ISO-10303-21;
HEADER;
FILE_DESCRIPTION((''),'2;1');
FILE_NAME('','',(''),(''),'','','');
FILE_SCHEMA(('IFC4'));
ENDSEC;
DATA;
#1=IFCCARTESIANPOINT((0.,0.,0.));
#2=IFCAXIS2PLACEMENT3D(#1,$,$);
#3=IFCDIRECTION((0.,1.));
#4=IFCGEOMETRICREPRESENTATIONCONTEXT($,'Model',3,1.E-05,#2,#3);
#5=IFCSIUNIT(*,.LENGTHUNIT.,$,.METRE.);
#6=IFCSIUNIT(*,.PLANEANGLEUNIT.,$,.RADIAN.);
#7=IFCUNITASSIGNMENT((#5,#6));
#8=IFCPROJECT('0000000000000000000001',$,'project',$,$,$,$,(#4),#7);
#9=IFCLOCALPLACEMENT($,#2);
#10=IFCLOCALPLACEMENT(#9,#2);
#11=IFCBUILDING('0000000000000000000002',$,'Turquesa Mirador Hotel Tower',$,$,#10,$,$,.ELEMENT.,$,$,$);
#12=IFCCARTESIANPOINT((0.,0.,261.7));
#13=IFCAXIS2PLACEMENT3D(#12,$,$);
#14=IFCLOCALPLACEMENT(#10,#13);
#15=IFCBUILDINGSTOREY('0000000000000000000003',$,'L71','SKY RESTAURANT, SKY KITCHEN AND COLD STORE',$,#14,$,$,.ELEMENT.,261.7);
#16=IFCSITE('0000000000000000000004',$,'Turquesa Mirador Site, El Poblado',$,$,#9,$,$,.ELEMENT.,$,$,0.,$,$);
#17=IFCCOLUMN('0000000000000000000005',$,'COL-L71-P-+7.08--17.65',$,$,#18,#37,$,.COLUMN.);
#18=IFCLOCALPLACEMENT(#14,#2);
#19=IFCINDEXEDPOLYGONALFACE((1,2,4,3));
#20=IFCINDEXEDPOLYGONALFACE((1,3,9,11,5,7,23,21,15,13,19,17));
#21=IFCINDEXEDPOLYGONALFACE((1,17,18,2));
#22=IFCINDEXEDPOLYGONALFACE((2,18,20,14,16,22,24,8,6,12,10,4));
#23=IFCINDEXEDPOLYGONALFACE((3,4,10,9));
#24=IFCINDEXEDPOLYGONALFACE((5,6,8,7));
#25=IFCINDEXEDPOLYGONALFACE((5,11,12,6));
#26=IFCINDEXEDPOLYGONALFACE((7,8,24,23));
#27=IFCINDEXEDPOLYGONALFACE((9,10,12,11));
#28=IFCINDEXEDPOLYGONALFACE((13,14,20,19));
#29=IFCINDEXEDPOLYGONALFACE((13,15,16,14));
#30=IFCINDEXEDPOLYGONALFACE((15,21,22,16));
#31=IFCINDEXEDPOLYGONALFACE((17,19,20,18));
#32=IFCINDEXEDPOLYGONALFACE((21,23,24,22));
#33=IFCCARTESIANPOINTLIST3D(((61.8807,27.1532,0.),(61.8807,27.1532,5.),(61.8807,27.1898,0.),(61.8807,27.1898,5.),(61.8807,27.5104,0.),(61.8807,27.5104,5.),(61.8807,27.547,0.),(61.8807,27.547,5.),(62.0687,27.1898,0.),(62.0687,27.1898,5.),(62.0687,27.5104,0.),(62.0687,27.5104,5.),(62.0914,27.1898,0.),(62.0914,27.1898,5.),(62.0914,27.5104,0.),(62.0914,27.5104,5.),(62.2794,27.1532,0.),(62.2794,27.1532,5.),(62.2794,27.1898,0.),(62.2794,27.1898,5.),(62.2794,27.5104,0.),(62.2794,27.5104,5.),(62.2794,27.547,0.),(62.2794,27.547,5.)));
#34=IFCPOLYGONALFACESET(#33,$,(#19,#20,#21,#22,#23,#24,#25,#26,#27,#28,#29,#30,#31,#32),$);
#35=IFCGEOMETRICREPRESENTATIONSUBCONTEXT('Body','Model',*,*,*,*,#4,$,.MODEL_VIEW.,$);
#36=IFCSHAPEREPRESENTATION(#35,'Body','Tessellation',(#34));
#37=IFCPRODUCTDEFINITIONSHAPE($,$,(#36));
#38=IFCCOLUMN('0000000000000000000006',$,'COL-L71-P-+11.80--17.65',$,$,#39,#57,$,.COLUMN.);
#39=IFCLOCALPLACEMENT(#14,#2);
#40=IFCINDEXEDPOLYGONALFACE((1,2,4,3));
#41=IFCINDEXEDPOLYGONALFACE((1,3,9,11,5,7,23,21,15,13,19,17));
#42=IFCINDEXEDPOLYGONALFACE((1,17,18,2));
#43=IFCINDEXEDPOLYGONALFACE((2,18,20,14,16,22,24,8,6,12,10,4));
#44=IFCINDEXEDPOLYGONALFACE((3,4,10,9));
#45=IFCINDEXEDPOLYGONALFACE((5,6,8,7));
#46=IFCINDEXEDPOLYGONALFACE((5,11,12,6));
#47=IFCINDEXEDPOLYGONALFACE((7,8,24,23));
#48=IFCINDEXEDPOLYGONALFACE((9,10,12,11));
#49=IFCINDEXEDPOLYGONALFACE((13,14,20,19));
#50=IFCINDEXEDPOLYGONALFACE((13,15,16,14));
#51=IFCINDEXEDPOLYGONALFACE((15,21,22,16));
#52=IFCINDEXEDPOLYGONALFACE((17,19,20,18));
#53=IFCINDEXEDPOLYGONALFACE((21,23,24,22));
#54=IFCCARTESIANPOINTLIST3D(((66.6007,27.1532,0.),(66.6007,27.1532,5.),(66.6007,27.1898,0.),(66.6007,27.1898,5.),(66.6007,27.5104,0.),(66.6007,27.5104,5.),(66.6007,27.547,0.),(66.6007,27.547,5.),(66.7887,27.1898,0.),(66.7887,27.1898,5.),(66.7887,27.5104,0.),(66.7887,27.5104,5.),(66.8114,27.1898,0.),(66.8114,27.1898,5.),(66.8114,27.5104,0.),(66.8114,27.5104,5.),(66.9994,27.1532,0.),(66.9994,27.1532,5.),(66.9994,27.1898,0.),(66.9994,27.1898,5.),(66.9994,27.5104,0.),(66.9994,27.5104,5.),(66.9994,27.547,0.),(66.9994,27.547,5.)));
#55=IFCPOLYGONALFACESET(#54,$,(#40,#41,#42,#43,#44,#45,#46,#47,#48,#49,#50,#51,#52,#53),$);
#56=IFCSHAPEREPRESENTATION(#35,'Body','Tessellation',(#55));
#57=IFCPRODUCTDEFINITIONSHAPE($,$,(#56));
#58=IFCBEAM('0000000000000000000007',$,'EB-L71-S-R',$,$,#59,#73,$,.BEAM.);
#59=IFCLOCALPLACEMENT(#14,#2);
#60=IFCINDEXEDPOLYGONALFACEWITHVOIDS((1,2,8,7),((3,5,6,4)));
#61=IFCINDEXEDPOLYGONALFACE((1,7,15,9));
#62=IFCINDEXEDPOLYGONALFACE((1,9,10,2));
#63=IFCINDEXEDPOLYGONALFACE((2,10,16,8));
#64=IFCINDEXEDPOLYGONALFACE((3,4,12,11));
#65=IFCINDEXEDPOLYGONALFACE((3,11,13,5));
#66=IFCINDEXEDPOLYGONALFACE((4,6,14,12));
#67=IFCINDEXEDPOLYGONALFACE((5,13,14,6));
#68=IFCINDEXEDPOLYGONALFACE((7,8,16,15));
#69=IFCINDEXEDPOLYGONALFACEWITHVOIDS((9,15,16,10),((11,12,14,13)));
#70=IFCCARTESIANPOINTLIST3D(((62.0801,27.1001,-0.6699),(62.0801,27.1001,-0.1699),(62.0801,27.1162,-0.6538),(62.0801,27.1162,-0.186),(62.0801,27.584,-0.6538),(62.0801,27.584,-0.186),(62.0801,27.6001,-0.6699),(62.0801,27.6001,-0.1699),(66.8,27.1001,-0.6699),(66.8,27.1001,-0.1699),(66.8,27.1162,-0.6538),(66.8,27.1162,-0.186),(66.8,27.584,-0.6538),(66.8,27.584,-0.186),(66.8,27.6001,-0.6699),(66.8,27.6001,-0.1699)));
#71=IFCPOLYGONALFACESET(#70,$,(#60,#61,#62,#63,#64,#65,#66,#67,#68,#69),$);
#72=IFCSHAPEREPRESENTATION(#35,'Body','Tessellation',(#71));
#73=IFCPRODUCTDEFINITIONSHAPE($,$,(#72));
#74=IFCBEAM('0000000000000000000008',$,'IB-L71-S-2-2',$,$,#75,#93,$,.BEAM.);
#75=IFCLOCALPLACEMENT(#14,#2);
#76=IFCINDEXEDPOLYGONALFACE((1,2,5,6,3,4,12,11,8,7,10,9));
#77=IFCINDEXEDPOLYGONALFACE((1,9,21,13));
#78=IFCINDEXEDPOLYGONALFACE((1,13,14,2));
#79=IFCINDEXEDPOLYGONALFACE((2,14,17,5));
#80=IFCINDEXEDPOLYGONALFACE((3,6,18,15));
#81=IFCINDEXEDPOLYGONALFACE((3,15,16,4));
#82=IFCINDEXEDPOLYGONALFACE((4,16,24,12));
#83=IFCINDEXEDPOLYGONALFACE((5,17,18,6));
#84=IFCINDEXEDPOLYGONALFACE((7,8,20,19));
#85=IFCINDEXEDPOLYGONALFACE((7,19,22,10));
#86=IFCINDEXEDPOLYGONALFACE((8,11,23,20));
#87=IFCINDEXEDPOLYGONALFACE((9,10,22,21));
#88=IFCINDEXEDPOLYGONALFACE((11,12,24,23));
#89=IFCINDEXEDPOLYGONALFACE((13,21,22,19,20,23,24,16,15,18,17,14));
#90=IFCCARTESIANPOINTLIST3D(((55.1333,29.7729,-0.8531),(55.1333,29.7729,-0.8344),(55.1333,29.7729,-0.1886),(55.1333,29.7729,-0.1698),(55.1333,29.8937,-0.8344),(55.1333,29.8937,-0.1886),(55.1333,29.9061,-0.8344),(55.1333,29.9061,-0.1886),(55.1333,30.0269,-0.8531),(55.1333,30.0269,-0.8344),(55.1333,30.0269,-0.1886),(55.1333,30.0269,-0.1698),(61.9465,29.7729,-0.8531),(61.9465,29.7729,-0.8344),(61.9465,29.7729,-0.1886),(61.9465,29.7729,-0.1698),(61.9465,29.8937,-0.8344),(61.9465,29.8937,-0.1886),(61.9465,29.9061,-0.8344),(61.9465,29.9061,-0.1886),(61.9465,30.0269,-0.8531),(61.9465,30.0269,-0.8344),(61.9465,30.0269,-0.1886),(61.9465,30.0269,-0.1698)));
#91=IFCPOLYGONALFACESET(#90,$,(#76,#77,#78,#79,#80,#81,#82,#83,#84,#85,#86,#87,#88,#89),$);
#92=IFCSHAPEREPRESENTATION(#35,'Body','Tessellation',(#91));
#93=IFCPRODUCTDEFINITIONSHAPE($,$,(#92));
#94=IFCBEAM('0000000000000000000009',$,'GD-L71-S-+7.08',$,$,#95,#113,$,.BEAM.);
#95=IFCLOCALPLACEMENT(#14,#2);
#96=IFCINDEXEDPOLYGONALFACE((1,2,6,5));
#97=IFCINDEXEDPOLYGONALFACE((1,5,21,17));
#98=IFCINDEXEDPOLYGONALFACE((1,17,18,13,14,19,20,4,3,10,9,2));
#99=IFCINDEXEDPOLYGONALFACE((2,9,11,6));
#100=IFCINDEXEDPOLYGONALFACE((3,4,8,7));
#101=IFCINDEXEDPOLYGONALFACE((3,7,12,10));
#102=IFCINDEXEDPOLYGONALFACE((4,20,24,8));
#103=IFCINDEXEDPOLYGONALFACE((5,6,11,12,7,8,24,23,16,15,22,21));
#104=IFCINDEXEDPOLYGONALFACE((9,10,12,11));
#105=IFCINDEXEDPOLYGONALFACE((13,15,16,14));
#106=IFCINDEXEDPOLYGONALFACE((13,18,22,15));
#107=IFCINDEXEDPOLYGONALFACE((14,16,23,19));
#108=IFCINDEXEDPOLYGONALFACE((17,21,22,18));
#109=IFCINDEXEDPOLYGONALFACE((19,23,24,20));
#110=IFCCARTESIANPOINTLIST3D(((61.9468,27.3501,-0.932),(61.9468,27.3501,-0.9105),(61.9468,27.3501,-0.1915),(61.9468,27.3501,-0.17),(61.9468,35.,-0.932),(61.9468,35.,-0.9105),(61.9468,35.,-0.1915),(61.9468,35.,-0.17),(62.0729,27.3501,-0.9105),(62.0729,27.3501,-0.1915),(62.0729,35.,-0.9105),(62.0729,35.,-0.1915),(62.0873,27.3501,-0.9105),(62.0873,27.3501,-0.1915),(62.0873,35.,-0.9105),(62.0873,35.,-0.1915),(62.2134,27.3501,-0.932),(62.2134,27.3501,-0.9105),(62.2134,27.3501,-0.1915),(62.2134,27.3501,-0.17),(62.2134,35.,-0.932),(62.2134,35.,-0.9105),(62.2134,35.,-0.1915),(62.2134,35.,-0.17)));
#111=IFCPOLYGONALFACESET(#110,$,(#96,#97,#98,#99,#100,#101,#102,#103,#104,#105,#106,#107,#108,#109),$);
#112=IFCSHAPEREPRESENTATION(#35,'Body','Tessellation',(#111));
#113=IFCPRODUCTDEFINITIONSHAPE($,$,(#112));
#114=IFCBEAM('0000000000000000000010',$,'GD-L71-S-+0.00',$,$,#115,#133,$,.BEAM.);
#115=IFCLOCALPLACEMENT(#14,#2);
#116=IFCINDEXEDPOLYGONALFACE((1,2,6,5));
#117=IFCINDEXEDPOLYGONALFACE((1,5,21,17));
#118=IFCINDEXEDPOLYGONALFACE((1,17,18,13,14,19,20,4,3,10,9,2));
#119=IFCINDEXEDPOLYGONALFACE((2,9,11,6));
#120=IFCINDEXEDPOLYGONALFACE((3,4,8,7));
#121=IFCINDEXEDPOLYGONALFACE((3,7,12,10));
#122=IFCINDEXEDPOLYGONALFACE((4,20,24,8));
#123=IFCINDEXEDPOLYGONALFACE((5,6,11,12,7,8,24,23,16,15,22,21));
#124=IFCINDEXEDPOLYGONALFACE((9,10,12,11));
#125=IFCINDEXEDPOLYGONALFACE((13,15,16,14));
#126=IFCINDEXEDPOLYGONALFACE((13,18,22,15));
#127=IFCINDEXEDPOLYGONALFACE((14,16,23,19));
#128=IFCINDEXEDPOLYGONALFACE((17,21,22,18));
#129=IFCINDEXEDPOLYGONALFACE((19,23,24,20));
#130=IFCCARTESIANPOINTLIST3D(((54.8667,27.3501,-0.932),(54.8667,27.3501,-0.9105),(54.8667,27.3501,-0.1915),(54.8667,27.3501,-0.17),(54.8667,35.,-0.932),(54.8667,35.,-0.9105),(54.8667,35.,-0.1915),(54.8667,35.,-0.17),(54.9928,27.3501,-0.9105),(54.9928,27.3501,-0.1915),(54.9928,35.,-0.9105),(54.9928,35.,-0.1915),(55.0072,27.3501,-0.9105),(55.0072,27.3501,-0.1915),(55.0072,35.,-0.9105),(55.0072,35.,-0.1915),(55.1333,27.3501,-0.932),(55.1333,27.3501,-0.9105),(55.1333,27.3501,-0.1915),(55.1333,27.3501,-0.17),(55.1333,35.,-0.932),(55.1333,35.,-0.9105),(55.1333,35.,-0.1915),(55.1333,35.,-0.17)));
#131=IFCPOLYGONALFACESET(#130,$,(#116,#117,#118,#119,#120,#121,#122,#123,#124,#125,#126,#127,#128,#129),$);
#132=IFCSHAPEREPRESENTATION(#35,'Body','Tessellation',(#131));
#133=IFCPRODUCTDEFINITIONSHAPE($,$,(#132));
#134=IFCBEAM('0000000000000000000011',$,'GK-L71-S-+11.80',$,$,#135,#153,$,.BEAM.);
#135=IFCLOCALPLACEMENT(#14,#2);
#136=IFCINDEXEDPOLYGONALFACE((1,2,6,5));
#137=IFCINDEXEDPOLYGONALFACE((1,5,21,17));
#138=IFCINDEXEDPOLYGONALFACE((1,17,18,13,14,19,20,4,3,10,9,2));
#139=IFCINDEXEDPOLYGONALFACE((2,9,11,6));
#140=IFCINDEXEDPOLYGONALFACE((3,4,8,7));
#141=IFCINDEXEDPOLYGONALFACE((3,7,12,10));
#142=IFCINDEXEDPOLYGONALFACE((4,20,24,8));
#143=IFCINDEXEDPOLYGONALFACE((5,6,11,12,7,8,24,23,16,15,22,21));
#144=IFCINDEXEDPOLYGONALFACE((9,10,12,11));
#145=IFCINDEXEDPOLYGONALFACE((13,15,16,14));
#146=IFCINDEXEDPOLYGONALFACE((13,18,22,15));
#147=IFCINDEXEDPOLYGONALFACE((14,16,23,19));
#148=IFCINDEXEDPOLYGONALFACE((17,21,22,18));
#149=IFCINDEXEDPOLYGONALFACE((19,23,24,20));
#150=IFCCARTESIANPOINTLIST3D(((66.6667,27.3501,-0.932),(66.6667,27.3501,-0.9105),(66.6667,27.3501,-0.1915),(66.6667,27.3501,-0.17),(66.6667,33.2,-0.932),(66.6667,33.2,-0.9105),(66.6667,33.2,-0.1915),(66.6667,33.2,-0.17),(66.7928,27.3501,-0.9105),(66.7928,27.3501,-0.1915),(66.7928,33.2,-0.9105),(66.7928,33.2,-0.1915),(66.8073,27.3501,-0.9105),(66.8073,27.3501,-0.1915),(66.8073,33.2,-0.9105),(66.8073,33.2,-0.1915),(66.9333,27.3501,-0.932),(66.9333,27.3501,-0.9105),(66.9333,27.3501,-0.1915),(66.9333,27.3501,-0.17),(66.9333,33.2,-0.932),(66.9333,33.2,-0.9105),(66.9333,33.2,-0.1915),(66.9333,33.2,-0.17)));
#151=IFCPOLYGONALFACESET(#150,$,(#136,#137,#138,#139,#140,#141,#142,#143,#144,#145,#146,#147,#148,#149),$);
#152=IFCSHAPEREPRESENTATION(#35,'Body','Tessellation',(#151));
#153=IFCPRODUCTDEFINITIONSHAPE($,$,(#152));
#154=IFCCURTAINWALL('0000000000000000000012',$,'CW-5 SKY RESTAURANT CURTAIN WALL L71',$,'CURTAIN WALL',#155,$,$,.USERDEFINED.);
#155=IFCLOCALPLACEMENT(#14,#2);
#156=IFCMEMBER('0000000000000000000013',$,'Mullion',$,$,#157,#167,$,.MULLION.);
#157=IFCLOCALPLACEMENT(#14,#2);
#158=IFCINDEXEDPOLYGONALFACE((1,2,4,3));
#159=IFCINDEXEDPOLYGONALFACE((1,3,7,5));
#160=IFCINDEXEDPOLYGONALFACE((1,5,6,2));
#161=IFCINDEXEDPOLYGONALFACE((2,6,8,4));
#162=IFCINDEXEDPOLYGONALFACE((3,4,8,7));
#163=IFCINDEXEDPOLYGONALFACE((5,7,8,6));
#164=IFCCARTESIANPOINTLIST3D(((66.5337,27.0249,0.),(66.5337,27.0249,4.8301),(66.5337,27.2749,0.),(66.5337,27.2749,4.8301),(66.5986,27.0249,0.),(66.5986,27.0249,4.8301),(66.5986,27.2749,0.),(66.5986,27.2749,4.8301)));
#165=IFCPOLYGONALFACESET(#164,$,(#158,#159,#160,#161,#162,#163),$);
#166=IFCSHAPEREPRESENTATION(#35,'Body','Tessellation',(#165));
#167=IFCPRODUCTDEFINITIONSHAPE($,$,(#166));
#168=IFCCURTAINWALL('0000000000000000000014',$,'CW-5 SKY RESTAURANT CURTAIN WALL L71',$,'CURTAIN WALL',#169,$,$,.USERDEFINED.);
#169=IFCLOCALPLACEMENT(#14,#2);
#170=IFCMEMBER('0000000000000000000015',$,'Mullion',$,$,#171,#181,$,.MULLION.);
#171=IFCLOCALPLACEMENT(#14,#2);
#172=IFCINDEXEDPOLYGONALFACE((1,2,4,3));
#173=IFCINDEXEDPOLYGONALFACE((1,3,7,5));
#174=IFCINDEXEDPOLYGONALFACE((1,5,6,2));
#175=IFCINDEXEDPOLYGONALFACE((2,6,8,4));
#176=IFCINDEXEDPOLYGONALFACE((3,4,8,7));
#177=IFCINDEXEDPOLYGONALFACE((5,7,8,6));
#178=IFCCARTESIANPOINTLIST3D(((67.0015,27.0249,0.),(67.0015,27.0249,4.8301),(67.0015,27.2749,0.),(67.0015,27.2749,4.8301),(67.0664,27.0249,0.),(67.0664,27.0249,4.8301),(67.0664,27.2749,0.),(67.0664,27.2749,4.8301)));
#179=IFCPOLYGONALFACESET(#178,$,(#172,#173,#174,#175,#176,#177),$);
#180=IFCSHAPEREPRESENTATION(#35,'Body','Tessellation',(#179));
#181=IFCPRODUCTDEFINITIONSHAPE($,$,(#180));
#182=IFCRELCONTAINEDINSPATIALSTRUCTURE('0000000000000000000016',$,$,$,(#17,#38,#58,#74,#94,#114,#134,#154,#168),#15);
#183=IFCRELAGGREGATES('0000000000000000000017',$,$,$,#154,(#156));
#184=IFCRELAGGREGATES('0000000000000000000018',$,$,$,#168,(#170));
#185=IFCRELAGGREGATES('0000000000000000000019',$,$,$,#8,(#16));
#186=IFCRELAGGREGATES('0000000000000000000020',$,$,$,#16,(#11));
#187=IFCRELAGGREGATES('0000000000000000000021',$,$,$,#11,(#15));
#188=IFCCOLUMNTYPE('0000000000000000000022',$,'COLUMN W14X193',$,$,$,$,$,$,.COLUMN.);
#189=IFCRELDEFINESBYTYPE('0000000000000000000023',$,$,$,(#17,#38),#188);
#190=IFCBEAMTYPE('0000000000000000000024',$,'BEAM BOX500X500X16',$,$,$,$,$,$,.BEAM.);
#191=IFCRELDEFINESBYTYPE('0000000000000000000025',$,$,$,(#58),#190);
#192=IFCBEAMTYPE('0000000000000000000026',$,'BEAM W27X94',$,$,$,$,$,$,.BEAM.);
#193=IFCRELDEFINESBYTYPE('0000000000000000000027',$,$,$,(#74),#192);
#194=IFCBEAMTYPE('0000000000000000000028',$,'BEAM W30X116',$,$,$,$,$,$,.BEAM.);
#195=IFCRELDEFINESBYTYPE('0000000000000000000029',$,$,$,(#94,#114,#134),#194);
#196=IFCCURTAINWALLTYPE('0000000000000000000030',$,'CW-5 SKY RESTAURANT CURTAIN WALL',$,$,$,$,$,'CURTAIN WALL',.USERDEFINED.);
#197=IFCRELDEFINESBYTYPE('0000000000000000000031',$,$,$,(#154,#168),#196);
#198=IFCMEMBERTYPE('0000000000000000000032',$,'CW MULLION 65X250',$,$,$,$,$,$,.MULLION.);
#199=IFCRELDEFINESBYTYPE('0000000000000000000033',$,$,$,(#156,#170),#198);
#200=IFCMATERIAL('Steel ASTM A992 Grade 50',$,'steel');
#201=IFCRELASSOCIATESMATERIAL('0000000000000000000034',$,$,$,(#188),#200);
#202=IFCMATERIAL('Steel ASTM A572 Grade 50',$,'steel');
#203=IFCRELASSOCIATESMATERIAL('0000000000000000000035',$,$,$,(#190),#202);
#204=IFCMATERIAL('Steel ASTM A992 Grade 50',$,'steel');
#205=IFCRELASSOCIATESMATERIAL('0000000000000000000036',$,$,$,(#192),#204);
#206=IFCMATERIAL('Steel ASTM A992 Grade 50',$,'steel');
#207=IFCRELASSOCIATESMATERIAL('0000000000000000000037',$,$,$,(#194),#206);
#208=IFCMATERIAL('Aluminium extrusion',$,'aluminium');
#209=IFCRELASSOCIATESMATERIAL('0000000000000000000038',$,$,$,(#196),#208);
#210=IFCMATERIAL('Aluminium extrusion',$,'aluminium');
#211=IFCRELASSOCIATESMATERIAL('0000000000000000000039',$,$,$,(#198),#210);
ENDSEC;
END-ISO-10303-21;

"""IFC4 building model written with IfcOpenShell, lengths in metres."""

from ifc_helpers import new_model, si_unit, direction, frame, origin, origin_2d, place, context, subcontext, project, spatial, rectangle, hollow_rectangle, i_section, extrude, material, material_profile, profile_set, type_object, element, aggregate, save


model = new_model("IFC4")

# Units and contexts
model_context = context("Model", 3, precision=1e-05, world=origin(), true_north=direction((0.0, 1.0)))
body_context = subcontext(model_context, "Body", "Model", "MODEL_VIEW")
ifc_project = project(units=[si_unit("LENGTHUNIT", "METRE"), si_unit("PLANEANGLEUNIT", "RADIAN")], contexts=[model_context])

# Site, building, storey
site_placement = place(None, origin())
site = spatial("IfcSite", under=ifc_project, at=site_placement, Name="Turquesa Mirador Site, El Poblado", CompositionType="ELEMENT", RefElevation=0.0)
building_placement = place(site_placement, origin())
building = spatial("IfcBuilding", under=site, at=building_placement, Name="Turquesa Mirador Hotel Tower", CompositionType="ELEMENT")
storey_placement = place(building_placement, frame((0.0, 0.0, 261.7)))
storey = spatial("IfcBuildingStorey", under=building, at=storey_placement, Name="L71", Description="SKY RESTAURANT, SKY KITCHEN AND COLD STORE", CompositionType="ELEMENT", Elevation=261.7)

# Columns
ifc_material_1 = material(Name="Steel ASTM A992 Grade 50", Category="steel")
ifc_material_profile_1 = material_profile(ifc_material_1, i_section(OverallWidth=0.3987, OverallDepth=0.3938, WebThickness=0.0227, FlangeThickness=0.0366, at=origin_2d()), Name="W14X193")
ifc_profile_set_1 = profile_set([ifc_material_profile_1], Name="Steel ASTM A992 Grade 50")
column_type = type_object("IfcColumnType", Name="COLUMN W14X193", PredefinedType="COLUMN", material=ifc_profile_set_1)
for number, where, z_axis, x_axis, name in (
    (1, (62.0801, 27.3501, 0.0), (0.0, 0.0, 1.0), (1.0, 0.0, 0.0), "COL-L71-P-+7.08--17.65"),
    (2, (66.8, 27.3501, 0.0), (0.0, 0.0, 1.0), (1.0, 0.0, 0.0), "COL-L71-P-+11.80--17.65"),
):
    element("IfcColumn", number, at=place(storey_placement, frame(where, z_axis=z_axis, x_axis=x_axis)), inside=storey, type_object=column_type, Name=name, PredefinedType="COLUMN", context=body_context, shape_type="SweptSolid", body=[
        extrude(i_section(OverallWidth=0.3987, OverallDepth=0.3938, WebThickness=0.0227, FlangeThickness=0.0366, at=origin_2d()), origin(), (0.0, 0.0, 1.0), 5.0),
    ])

# Beams
ifc_material_2 = material(Name="Steel ASTM A572 Grade 50", Category="steel")
ifc_material_profile_2 = material_profile(ifc_material_2, hollow_rectangle(XDim=0.5, YDim=0.5, WallThickness=0.0161, at=origin_2d()), Name="BOX500X500X16")
ifc_profile_set_2 = profile_set([ifc_material_profile_2], Name="Steel ASTM A572 Grade 50")
beam_type_1 = type_object("IfcBeamType", Name="BEAM BOX500X500X16", PredefinedType="BEAM", material=ifc_profile_set_2)
beam_1_placement = place(storey_placement, frame((62.0801, 27.3501, -0.4199), z_axis=(1.0, 0.0, 0.0), x_axis=(0.0, 1.0, 0.0)))
element("IfcBeam", 3, at=beam_1_placement, inside=storey, type_object=beam_type_1, Name="EB-L71-S-R", PredefinedType="BEAM", context=body_context, shape_type="SweptSolid", body=[
    extrude(hollow_rectangle(XDim=0.5, YDim=0.5, WallThickness=0.0161, at=origin_2d()), origin(), (0.0, 0.0, 1.0), 4.72),
])
ifc_material_3 = material(Name="Steel ASTM A992 Grade 50", Category="steel")
ifc_material_profile_3 = material_profile(ifc_material_3, i_section(OverallWidth=0.2539, OverallDepth=0.6833, WebThickness=0.0125, FlangeThickness=0.0188, at=origin_2d()), Name="W27X94")
ifc_profile_set_3 = profile_set([ifc_material_profile_3], Name="Steel ASTM A992 Grade 50")
beam_type_2 = type_object("IfcBeamType", Name="BEAM W27X94", PredefinedType="BEAM", material=ifc_profile_set_3)
beam_2_placement = place(storey_placement, frame((55.1333, 29.8999, -0.5115), z_axis=(1.0, 0.0, 0.0), x_axis=(0.0, 1.0, 0.0)))
element("IfcBeam", 4, at=beam_2_placement, inside=storey, type_object=beam_type_2, Name="IB-L71-S-2-2", PredefinedType="BEAM", context=body_context, shape_type="SweptSolid", body=[
    extrude(i_section(OverallWidth=0.2539, OverallDepth=0.6833, WebThickness=0.0125, FlangeThickness=0.0188, at=origin_2d()), origin(), (0.0, 0.0, 1.0), 6.8132),
])
ifc_material_4 = material(Name="Steel ASTM A992 Grade 50", Category="steel")
ifc_material_profile_4 = material_profile(ifc_material_4, i_section(OverallWidth=0.2666, OverallDepth=0.762, WebThickness=0.0144, FlangeThickness=0.0215, at=origin_2d()), Name="W30X116")
ifc_profile_set_4 = profile_set([ifc_material_profile_4], Name="Steel ASTM A992 Grade 50")
beam_type_3 = type_object("IfcBeamType", Name="BEAM W30X116", PredefinedType="BEAM", material=ifc_profile_set_4)
for number, where, z_axis, x_axis, name in (
    (5, (62.0801, 27.3501, -0.551), (0.0, 1.0, 0.0), (-1.0, 0.0, 0.0), "GD-L71-S-+7.08"),
    (6, (55.0, 27.3501, -0.551), (0.0, 1.0, 0.0), (-1.0, 0.0, 0.0), "GD-L71-S-+0.00"),
):
    element("IfcBeam", number, at=place(storey_placement, frame(where, z_axis=z_axis, x_axis=x_axis)), inside=storey, type_object=beam_type_3, Name=name, PredefinedType="BEAM", context=body_context, shape_type="SweptSolid", body=[
        extrude(i_section(OverallWidth=0.2666, OverallDepth=0.762, WebThickness=0.0144, FlangeThickness=0.0215, at=origin_2d()), origin(), (0.0, 0.0, 1.0), 7.6499),
    ])
beam_3_placement = place(storey_placement, frame((66.8, 27.3501, -0.551), z_axis=(0.0, 1.0, 0.0), x_axis=(-1.0, 0.0, 0.0)))
element("IfcBeam", 7, at=beam_3_placement, inside=storey, type_object=beam_type_3, Name="GK-L71-S-+11.80", PredefinedType="BEAM", context=body_context, shape_type="SweptSolid", body=[
    extrude(i_section(OverallWidth=0.2666, OverallDepth=0.762, WebThickness=0.0144, FlangeThickness=0.0215, at=origin_2d()), origin(), (0.0, 0.0, 1.0), 5.8499),
])

# Curtain wall, member
ifc_material_5 = material(Name="Aluminium extrusion", Category="aluminium")
curtain_wall_type = type_object("IfcCurtainWallType", Name="CW-5 SKY RESTAURANT CURTAIN WALL", ElementType="CURTAIN WALL", PredefinedType="USERDEFINED", material=ifc_material_5)
curtain_wall_1_placement = place(storey_placement, origin())
curtain_wall_1 = element("IfcCurtainWall", 8, at=curtain_wall_1_placement, inside=storey, type_object=curtain_wall_type, Name="CW-5 SKY RESTAURANT CURTAIN WALL L71", ObjectType="CURTAIN WALL", PredefinedType="USERDEFINED")
ifc_material_6 = material(Name="Aluminium extrusion", Category="aluminium")
ifc_material_profile_5 = material_profile(ifc_material_6, rectangle(XDim=0.0649, YDim=0.25, at=origin_2d()), Name="MULLION 65X250")
ifc_profile_set_5 = profile_set([ifc_material_profile_5], Name="Aluminium extrusion")
member_type_1 = type_object("IfcMemberType", Name="CW MULLION 65X250", PredefinedType="MULLION", material=ifc_profile_set_5)
member_1_placement = place(storey_placement, frame((66.5662, 27.1499, 0.0), z_axis=(0.0, 0.0, 1.0), x_axis=(1.0, 0.0, 0.0)))
member_1 = element("IfcMember", 9, at=member_1_placement, type_object=member_type_1, Name="Mullion", PredefinedType="MULLION", context=body_context, shape_type="SweptSolid", body=[
    extrude(rectangle(XDim=0.0649, YDim=0.25, at=origin_2d()), origin(), (0.0, 0.0, 1.0), 4.8301),
])

# Curtain wall, member
curtain_wall_2_placement = place(storey_placement, origin())
curtain_wall_2 = element("IfcCurtainWall", 10, at=curtain_wall_2_placement, inside=storey, type_object=curtain_wall_type, Name="CW-5 SKY RESTAURANT CURTAIN WALL L71", ObjectType="CURTAIN WALL", PredefinedType="USERDEFINED")
member_2_placement = place(storey_placement, frame((67.0339, 27.1499, 0.0), z_axis=(0.0, 0.0, 1.0), x_axis=(1.0, 0.0, 0.0)))
member_2 = element("IfcMember", 11, at=member_2_placement, type_object=member_type_1, Name="Mullion", PredefinedType="MULLION", context=body_context, shape_type="SweptSolid", body=[
    extrude(rectangle(XDim=0.0649, YDim=0.25, at=origin_2d()), origin(), (0.0, 0.0, 1.0), 4.8301),
])

aggregate(curtain_wall_1, [member_1])
aggregate(curtain_wall_2, [member_2])

save(model, "model.ifc")
